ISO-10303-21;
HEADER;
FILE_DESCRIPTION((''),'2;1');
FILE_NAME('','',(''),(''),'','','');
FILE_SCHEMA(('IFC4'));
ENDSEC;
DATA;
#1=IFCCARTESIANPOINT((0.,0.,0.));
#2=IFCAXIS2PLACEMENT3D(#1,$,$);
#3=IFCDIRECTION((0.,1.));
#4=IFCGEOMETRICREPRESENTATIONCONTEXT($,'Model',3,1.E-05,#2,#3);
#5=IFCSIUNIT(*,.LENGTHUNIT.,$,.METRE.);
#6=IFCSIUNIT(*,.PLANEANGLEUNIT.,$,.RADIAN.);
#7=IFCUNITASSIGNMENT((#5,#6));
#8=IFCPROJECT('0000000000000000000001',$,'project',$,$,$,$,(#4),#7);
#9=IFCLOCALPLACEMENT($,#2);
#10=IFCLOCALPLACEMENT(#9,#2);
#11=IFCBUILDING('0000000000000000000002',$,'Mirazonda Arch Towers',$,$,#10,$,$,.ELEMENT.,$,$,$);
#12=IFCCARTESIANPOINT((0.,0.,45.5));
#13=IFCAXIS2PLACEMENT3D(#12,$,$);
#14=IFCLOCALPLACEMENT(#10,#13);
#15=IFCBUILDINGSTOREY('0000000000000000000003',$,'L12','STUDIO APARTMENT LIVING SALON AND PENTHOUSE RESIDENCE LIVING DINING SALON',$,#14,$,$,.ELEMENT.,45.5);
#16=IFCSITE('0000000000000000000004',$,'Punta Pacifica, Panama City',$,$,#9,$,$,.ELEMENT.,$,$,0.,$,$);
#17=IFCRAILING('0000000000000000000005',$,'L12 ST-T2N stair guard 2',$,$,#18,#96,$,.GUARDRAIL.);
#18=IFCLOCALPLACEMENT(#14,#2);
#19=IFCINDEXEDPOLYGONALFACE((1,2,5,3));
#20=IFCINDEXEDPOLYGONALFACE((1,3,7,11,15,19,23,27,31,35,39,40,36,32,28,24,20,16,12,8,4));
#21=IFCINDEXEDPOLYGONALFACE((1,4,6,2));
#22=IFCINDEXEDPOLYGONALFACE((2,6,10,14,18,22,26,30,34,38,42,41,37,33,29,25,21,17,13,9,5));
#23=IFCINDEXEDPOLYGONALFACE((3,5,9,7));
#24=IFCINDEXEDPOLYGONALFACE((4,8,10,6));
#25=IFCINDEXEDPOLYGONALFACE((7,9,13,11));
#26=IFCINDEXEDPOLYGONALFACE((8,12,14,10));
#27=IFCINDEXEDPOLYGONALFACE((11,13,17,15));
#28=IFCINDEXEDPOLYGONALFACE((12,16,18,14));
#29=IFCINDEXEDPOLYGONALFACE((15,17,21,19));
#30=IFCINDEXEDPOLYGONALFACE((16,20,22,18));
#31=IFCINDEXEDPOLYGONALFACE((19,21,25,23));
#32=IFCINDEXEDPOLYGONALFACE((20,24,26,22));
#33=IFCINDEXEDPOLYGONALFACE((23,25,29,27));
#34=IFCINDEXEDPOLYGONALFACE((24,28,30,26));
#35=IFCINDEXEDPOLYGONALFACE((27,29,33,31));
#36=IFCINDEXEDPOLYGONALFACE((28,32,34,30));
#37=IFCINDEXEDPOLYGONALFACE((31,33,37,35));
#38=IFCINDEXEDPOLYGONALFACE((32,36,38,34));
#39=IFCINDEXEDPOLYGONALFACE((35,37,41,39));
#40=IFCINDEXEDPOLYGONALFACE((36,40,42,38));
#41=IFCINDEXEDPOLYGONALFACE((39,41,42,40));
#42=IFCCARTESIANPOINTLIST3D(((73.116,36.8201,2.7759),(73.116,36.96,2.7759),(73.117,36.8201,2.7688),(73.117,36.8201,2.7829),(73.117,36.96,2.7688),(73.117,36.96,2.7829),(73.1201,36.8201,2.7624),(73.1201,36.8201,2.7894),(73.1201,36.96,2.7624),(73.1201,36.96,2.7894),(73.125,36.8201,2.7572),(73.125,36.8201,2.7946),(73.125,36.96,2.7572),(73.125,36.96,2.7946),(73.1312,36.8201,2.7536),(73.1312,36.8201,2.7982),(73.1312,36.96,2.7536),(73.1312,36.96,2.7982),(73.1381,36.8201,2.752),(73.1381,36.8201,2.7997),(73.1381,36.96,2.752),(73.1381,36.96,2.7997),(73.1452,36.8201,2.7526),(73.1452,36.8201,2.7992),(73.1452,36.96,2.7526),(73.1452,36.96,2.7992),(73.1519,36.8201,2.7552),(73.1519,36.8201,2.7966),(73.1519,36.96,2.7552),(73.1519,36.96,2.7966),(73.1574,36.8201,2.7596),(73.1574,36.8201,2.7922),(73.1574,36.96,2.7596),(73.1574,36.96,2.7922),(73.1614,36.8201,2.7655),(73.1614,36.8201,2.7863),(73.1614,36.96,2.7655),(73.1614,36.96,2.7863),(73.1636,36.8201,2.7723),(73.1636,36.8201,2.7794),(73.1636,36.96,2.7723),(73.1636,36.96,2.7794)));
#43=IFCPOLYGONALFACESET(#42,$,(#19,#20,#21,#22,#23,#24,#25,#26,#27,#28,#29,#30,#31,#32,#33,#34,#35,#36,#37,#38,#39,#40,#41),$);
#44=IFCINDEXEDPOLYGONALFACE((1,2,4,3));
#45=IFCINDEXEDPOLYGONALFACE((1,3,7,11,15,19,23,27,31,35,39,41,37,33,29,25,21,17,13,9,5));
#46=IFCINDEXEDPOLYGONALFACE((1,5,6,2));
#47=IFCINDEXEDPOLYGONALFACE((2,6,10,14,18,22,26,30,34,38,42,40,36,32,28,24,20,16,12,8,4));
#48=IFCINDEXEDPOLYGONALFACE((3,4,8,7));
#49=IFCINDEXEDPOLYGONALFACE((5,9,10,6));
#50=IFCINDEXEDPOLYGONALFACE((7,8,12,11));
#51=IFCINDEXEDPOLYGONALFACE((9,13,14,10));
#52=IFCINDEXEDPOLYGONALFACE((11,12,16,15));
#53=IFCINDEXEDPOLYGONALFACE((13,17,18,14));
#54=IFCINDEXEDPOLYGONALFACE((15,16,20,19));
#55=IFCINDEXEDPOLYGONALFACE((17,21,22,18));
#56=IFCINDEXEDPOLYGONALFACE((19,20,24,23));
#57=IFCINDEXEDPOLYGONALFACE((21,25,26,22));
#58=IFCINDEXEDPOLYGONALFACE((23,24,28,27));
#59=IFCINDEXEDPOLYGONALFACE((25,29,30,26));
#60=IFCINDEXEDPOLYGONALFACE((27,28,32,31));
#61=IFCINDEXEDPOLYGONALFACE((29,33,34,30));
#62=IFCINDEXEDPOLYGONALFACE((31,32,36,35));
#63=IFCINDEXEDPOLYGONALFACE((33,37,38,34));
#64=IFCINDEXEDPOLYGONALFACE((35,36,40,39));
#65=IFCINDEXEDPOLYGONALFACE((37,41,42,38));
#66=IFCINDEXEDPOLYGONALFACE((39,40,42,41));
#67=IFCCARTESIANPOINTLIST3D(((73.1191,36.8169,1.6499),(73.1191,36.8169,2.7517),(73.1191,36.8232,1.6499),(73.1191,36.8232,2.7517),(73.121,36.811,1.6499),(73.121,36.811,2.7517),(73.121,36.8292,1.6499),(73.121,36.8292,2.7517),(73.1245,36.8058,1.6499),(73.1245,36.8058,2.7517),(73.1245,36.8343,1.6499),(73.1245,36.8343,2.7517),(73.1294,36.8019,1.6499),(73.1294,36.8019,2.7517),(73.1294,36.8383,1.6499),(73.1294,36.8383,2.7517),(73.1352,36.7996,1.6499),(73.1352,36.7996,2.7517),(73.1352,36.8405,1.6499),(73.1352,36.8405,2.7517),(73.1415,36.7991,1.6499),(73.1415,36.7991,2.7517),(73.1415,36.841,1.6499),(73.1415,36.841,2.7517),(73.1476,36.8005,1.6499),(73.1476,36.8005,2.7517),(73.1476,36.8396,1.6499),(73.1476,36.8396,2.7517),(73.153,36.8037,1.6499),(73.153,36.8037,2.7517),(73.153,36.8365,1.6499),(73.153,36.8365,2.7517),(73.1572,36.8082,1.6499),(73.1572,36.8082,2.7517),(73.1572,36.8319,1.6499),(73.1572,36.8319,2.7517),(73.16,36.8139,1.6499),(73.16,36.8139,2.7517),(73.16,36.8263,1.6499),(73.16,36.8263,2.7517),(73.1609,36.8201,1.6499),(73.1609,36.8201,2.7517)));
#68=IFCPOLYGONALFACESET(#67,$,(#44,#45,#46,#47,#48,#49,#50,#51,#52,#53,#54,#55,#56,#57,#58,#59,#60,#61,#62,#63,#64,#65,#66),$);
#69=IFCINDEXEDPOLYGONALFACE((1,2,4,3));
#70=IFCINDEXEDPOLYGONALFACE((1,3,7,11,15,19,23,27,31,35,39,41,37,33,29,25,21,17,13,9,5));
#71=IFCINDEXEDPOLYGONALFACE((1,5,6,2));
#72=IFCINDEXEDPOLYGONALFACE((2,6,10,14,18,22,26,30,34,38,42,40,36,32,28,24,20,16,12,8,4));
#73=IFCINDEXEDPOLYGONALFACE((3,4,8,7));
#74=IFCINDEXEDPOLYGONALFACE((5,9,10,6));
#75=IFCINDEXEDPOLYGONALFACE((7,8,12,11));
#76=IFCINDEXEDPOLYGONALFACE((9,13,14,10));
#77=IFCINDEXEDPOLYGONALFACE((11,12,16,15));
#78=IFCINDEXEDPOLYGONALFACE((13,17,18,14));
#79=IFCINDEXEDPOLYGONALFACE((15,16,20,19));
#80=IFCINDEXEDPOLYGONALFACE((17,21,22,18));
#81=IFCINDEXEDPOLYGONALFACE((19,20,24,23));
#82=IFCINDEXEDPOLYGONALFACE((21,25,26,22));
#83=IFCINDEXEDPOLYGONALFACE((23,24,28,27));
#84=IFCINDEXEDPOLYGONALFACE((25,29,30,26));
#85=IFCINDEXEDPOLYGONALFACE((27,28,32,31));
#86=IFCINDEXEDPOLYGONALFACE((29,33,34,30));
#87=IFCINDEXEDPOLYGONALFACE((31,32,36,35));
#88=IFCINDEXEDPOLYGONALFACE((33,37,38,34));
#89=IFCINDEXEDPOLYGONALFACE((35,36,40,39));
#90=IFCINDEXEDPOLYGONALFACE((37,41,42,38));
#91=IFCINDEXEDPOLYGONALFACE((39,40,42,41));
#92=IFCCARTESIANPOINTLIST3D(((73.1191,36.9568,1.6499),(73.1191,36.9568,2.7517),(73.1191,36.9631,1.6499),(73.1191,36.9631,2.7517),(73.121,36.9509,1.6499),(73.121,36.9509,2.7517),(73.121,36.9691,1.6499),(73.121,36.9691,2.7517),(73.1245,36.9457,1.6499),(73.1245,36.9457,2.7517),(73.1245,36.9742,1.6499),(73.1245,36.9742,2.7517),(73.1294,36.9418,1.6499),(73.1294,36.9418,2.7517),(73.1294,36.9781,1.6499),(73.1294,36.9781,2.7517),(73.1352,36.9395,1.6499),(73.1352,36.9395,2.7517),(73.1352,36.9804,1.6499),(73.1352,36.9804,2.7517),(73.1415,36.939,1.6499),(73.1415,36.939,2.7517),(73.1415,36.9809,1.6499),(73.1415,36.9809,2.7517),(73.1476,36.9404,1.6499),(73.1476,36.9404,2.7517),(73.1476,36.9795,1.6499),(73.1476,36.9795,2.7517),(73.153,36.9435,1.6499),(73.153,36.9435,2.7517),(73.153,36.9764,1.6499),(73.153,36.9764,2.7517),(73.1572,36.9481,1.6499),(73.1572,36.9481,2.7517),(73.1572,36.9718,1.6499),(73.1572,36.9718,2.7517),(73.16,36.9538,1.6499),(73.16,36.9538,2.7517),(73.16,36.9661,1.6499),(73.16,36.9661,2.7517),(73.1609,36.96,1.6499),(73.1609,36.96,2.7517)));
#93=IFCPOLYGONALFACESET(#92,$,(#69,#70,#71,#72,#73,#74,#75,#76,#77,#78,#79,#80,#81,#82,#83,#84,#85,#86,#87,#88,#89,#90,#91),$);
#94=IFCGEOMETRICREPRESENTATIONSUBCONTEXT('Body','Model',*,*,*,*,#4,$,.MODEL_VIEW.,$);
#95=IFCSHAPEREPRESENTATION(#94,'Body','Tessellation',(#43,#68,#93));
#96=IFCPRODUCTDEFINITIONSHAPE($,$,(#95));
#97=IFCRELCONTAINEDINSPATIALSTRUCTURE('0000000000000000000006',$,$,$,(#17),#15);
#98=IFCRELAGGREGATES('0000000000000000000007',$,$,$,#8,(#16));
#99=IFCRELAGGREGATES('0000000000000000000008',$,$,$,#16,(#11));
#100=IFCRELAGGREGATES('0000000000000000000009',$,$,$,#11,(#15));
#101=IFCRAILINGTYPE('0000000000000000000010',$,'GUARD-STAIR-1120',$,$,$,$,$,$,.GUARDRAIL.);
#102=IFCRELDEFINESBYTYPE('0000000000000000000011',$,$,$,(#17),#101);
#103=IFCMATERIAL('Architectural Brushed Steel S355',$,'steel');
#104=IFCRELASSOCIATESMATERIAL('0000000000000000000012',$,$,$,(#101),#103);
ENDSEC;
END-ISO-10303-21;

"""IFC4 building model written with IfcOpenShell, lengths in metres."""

from ifc_helpers import new_model, si_unit, direction, frame, origin, origin_2d, place, context, subcontext, project, spatial, circle, extrude, material, type_object, element, save


model = new_model("IFC4")

# Units and contexts
model_context = context("Model", 3, precision=1e-05, world=origin(), true_north=direction((0.0, 1.0)))
body_context = subcontext(model_context, "Body", "Model", "MODEL_VIEW")
ifc_project = project(units=[si_unit("LENGTHUNIT", "METRE"), si_unit("PLANEANGLEUNIT", "RADIAN")], contexts=[model_context])

# Site, building, storey
site_placement = place(None, origin())
site = spatial("IfcSite", under=ifc_project, at=site_placement, Name="Punta Pacifica, Panama City", CompositionType="ELEMENT", RefElevation=0.0)
building_placement = place(site_placement, origin())
building = spatial("IfcBuilding", under=site, at=building_placement, Name="Mirazonda Arch Towers", CompositionType="ELEMENT")
storey_placement = place(building_placement, frame((0.0, 0.0, 45.5)))
storey = spatial("IfcBuildingStorey", under=building, at=storey_placement, Name="L12", Description="STUDIO APARTMENT LIVING SALON AND PENTHOUSE RESIDENCE LIVING DINING SALON", CompositionType="ELEMENT", Elevation=45.5)

# Shared definitions
ifc_material_1 = material(Name="Architectural Brushed Steel S355", Category="steel")

# Railing
railing_type_1 = type_object("IfcRailingType", Name="GUARD-STAIR-1120", PredefinedType="GUARDRAIL", material=ifc_material_1)
railing_1_placement = place(storey_placement, frame((73.1399, 36.8201, 1.6499)))
element("IfcRailing", 1, at=railing_1_placement, inside=storey, type_object=railing_type_1, Name="L12 ST-T2N stair guard 2", PredefinedType="GUARDRAIL", context=body_context, shape_type="SweptSolid", body=[
    extrude(circle(Radius=0.0239, at=origin_2d()), frame((0.0, 0.0, 1.126), z_axis=(0.0, 1.0, 0.0), x_axis=(-1.0, 0.0, 0.0)), (0.0, 0.0, 1.0), 0.1399),
    extrude(circle(Radius=0.021, at=origin_2d()), origin(), (0.0, 0.0, 1.0), 1.1018),
    extrude(circle(Radius=0.021, at=origin_2d()), frame((0.0, 0.1399, 0.0)), (0.0, 0.0, 1.0), 1.1018),
])

save(model, "model.ifc")
